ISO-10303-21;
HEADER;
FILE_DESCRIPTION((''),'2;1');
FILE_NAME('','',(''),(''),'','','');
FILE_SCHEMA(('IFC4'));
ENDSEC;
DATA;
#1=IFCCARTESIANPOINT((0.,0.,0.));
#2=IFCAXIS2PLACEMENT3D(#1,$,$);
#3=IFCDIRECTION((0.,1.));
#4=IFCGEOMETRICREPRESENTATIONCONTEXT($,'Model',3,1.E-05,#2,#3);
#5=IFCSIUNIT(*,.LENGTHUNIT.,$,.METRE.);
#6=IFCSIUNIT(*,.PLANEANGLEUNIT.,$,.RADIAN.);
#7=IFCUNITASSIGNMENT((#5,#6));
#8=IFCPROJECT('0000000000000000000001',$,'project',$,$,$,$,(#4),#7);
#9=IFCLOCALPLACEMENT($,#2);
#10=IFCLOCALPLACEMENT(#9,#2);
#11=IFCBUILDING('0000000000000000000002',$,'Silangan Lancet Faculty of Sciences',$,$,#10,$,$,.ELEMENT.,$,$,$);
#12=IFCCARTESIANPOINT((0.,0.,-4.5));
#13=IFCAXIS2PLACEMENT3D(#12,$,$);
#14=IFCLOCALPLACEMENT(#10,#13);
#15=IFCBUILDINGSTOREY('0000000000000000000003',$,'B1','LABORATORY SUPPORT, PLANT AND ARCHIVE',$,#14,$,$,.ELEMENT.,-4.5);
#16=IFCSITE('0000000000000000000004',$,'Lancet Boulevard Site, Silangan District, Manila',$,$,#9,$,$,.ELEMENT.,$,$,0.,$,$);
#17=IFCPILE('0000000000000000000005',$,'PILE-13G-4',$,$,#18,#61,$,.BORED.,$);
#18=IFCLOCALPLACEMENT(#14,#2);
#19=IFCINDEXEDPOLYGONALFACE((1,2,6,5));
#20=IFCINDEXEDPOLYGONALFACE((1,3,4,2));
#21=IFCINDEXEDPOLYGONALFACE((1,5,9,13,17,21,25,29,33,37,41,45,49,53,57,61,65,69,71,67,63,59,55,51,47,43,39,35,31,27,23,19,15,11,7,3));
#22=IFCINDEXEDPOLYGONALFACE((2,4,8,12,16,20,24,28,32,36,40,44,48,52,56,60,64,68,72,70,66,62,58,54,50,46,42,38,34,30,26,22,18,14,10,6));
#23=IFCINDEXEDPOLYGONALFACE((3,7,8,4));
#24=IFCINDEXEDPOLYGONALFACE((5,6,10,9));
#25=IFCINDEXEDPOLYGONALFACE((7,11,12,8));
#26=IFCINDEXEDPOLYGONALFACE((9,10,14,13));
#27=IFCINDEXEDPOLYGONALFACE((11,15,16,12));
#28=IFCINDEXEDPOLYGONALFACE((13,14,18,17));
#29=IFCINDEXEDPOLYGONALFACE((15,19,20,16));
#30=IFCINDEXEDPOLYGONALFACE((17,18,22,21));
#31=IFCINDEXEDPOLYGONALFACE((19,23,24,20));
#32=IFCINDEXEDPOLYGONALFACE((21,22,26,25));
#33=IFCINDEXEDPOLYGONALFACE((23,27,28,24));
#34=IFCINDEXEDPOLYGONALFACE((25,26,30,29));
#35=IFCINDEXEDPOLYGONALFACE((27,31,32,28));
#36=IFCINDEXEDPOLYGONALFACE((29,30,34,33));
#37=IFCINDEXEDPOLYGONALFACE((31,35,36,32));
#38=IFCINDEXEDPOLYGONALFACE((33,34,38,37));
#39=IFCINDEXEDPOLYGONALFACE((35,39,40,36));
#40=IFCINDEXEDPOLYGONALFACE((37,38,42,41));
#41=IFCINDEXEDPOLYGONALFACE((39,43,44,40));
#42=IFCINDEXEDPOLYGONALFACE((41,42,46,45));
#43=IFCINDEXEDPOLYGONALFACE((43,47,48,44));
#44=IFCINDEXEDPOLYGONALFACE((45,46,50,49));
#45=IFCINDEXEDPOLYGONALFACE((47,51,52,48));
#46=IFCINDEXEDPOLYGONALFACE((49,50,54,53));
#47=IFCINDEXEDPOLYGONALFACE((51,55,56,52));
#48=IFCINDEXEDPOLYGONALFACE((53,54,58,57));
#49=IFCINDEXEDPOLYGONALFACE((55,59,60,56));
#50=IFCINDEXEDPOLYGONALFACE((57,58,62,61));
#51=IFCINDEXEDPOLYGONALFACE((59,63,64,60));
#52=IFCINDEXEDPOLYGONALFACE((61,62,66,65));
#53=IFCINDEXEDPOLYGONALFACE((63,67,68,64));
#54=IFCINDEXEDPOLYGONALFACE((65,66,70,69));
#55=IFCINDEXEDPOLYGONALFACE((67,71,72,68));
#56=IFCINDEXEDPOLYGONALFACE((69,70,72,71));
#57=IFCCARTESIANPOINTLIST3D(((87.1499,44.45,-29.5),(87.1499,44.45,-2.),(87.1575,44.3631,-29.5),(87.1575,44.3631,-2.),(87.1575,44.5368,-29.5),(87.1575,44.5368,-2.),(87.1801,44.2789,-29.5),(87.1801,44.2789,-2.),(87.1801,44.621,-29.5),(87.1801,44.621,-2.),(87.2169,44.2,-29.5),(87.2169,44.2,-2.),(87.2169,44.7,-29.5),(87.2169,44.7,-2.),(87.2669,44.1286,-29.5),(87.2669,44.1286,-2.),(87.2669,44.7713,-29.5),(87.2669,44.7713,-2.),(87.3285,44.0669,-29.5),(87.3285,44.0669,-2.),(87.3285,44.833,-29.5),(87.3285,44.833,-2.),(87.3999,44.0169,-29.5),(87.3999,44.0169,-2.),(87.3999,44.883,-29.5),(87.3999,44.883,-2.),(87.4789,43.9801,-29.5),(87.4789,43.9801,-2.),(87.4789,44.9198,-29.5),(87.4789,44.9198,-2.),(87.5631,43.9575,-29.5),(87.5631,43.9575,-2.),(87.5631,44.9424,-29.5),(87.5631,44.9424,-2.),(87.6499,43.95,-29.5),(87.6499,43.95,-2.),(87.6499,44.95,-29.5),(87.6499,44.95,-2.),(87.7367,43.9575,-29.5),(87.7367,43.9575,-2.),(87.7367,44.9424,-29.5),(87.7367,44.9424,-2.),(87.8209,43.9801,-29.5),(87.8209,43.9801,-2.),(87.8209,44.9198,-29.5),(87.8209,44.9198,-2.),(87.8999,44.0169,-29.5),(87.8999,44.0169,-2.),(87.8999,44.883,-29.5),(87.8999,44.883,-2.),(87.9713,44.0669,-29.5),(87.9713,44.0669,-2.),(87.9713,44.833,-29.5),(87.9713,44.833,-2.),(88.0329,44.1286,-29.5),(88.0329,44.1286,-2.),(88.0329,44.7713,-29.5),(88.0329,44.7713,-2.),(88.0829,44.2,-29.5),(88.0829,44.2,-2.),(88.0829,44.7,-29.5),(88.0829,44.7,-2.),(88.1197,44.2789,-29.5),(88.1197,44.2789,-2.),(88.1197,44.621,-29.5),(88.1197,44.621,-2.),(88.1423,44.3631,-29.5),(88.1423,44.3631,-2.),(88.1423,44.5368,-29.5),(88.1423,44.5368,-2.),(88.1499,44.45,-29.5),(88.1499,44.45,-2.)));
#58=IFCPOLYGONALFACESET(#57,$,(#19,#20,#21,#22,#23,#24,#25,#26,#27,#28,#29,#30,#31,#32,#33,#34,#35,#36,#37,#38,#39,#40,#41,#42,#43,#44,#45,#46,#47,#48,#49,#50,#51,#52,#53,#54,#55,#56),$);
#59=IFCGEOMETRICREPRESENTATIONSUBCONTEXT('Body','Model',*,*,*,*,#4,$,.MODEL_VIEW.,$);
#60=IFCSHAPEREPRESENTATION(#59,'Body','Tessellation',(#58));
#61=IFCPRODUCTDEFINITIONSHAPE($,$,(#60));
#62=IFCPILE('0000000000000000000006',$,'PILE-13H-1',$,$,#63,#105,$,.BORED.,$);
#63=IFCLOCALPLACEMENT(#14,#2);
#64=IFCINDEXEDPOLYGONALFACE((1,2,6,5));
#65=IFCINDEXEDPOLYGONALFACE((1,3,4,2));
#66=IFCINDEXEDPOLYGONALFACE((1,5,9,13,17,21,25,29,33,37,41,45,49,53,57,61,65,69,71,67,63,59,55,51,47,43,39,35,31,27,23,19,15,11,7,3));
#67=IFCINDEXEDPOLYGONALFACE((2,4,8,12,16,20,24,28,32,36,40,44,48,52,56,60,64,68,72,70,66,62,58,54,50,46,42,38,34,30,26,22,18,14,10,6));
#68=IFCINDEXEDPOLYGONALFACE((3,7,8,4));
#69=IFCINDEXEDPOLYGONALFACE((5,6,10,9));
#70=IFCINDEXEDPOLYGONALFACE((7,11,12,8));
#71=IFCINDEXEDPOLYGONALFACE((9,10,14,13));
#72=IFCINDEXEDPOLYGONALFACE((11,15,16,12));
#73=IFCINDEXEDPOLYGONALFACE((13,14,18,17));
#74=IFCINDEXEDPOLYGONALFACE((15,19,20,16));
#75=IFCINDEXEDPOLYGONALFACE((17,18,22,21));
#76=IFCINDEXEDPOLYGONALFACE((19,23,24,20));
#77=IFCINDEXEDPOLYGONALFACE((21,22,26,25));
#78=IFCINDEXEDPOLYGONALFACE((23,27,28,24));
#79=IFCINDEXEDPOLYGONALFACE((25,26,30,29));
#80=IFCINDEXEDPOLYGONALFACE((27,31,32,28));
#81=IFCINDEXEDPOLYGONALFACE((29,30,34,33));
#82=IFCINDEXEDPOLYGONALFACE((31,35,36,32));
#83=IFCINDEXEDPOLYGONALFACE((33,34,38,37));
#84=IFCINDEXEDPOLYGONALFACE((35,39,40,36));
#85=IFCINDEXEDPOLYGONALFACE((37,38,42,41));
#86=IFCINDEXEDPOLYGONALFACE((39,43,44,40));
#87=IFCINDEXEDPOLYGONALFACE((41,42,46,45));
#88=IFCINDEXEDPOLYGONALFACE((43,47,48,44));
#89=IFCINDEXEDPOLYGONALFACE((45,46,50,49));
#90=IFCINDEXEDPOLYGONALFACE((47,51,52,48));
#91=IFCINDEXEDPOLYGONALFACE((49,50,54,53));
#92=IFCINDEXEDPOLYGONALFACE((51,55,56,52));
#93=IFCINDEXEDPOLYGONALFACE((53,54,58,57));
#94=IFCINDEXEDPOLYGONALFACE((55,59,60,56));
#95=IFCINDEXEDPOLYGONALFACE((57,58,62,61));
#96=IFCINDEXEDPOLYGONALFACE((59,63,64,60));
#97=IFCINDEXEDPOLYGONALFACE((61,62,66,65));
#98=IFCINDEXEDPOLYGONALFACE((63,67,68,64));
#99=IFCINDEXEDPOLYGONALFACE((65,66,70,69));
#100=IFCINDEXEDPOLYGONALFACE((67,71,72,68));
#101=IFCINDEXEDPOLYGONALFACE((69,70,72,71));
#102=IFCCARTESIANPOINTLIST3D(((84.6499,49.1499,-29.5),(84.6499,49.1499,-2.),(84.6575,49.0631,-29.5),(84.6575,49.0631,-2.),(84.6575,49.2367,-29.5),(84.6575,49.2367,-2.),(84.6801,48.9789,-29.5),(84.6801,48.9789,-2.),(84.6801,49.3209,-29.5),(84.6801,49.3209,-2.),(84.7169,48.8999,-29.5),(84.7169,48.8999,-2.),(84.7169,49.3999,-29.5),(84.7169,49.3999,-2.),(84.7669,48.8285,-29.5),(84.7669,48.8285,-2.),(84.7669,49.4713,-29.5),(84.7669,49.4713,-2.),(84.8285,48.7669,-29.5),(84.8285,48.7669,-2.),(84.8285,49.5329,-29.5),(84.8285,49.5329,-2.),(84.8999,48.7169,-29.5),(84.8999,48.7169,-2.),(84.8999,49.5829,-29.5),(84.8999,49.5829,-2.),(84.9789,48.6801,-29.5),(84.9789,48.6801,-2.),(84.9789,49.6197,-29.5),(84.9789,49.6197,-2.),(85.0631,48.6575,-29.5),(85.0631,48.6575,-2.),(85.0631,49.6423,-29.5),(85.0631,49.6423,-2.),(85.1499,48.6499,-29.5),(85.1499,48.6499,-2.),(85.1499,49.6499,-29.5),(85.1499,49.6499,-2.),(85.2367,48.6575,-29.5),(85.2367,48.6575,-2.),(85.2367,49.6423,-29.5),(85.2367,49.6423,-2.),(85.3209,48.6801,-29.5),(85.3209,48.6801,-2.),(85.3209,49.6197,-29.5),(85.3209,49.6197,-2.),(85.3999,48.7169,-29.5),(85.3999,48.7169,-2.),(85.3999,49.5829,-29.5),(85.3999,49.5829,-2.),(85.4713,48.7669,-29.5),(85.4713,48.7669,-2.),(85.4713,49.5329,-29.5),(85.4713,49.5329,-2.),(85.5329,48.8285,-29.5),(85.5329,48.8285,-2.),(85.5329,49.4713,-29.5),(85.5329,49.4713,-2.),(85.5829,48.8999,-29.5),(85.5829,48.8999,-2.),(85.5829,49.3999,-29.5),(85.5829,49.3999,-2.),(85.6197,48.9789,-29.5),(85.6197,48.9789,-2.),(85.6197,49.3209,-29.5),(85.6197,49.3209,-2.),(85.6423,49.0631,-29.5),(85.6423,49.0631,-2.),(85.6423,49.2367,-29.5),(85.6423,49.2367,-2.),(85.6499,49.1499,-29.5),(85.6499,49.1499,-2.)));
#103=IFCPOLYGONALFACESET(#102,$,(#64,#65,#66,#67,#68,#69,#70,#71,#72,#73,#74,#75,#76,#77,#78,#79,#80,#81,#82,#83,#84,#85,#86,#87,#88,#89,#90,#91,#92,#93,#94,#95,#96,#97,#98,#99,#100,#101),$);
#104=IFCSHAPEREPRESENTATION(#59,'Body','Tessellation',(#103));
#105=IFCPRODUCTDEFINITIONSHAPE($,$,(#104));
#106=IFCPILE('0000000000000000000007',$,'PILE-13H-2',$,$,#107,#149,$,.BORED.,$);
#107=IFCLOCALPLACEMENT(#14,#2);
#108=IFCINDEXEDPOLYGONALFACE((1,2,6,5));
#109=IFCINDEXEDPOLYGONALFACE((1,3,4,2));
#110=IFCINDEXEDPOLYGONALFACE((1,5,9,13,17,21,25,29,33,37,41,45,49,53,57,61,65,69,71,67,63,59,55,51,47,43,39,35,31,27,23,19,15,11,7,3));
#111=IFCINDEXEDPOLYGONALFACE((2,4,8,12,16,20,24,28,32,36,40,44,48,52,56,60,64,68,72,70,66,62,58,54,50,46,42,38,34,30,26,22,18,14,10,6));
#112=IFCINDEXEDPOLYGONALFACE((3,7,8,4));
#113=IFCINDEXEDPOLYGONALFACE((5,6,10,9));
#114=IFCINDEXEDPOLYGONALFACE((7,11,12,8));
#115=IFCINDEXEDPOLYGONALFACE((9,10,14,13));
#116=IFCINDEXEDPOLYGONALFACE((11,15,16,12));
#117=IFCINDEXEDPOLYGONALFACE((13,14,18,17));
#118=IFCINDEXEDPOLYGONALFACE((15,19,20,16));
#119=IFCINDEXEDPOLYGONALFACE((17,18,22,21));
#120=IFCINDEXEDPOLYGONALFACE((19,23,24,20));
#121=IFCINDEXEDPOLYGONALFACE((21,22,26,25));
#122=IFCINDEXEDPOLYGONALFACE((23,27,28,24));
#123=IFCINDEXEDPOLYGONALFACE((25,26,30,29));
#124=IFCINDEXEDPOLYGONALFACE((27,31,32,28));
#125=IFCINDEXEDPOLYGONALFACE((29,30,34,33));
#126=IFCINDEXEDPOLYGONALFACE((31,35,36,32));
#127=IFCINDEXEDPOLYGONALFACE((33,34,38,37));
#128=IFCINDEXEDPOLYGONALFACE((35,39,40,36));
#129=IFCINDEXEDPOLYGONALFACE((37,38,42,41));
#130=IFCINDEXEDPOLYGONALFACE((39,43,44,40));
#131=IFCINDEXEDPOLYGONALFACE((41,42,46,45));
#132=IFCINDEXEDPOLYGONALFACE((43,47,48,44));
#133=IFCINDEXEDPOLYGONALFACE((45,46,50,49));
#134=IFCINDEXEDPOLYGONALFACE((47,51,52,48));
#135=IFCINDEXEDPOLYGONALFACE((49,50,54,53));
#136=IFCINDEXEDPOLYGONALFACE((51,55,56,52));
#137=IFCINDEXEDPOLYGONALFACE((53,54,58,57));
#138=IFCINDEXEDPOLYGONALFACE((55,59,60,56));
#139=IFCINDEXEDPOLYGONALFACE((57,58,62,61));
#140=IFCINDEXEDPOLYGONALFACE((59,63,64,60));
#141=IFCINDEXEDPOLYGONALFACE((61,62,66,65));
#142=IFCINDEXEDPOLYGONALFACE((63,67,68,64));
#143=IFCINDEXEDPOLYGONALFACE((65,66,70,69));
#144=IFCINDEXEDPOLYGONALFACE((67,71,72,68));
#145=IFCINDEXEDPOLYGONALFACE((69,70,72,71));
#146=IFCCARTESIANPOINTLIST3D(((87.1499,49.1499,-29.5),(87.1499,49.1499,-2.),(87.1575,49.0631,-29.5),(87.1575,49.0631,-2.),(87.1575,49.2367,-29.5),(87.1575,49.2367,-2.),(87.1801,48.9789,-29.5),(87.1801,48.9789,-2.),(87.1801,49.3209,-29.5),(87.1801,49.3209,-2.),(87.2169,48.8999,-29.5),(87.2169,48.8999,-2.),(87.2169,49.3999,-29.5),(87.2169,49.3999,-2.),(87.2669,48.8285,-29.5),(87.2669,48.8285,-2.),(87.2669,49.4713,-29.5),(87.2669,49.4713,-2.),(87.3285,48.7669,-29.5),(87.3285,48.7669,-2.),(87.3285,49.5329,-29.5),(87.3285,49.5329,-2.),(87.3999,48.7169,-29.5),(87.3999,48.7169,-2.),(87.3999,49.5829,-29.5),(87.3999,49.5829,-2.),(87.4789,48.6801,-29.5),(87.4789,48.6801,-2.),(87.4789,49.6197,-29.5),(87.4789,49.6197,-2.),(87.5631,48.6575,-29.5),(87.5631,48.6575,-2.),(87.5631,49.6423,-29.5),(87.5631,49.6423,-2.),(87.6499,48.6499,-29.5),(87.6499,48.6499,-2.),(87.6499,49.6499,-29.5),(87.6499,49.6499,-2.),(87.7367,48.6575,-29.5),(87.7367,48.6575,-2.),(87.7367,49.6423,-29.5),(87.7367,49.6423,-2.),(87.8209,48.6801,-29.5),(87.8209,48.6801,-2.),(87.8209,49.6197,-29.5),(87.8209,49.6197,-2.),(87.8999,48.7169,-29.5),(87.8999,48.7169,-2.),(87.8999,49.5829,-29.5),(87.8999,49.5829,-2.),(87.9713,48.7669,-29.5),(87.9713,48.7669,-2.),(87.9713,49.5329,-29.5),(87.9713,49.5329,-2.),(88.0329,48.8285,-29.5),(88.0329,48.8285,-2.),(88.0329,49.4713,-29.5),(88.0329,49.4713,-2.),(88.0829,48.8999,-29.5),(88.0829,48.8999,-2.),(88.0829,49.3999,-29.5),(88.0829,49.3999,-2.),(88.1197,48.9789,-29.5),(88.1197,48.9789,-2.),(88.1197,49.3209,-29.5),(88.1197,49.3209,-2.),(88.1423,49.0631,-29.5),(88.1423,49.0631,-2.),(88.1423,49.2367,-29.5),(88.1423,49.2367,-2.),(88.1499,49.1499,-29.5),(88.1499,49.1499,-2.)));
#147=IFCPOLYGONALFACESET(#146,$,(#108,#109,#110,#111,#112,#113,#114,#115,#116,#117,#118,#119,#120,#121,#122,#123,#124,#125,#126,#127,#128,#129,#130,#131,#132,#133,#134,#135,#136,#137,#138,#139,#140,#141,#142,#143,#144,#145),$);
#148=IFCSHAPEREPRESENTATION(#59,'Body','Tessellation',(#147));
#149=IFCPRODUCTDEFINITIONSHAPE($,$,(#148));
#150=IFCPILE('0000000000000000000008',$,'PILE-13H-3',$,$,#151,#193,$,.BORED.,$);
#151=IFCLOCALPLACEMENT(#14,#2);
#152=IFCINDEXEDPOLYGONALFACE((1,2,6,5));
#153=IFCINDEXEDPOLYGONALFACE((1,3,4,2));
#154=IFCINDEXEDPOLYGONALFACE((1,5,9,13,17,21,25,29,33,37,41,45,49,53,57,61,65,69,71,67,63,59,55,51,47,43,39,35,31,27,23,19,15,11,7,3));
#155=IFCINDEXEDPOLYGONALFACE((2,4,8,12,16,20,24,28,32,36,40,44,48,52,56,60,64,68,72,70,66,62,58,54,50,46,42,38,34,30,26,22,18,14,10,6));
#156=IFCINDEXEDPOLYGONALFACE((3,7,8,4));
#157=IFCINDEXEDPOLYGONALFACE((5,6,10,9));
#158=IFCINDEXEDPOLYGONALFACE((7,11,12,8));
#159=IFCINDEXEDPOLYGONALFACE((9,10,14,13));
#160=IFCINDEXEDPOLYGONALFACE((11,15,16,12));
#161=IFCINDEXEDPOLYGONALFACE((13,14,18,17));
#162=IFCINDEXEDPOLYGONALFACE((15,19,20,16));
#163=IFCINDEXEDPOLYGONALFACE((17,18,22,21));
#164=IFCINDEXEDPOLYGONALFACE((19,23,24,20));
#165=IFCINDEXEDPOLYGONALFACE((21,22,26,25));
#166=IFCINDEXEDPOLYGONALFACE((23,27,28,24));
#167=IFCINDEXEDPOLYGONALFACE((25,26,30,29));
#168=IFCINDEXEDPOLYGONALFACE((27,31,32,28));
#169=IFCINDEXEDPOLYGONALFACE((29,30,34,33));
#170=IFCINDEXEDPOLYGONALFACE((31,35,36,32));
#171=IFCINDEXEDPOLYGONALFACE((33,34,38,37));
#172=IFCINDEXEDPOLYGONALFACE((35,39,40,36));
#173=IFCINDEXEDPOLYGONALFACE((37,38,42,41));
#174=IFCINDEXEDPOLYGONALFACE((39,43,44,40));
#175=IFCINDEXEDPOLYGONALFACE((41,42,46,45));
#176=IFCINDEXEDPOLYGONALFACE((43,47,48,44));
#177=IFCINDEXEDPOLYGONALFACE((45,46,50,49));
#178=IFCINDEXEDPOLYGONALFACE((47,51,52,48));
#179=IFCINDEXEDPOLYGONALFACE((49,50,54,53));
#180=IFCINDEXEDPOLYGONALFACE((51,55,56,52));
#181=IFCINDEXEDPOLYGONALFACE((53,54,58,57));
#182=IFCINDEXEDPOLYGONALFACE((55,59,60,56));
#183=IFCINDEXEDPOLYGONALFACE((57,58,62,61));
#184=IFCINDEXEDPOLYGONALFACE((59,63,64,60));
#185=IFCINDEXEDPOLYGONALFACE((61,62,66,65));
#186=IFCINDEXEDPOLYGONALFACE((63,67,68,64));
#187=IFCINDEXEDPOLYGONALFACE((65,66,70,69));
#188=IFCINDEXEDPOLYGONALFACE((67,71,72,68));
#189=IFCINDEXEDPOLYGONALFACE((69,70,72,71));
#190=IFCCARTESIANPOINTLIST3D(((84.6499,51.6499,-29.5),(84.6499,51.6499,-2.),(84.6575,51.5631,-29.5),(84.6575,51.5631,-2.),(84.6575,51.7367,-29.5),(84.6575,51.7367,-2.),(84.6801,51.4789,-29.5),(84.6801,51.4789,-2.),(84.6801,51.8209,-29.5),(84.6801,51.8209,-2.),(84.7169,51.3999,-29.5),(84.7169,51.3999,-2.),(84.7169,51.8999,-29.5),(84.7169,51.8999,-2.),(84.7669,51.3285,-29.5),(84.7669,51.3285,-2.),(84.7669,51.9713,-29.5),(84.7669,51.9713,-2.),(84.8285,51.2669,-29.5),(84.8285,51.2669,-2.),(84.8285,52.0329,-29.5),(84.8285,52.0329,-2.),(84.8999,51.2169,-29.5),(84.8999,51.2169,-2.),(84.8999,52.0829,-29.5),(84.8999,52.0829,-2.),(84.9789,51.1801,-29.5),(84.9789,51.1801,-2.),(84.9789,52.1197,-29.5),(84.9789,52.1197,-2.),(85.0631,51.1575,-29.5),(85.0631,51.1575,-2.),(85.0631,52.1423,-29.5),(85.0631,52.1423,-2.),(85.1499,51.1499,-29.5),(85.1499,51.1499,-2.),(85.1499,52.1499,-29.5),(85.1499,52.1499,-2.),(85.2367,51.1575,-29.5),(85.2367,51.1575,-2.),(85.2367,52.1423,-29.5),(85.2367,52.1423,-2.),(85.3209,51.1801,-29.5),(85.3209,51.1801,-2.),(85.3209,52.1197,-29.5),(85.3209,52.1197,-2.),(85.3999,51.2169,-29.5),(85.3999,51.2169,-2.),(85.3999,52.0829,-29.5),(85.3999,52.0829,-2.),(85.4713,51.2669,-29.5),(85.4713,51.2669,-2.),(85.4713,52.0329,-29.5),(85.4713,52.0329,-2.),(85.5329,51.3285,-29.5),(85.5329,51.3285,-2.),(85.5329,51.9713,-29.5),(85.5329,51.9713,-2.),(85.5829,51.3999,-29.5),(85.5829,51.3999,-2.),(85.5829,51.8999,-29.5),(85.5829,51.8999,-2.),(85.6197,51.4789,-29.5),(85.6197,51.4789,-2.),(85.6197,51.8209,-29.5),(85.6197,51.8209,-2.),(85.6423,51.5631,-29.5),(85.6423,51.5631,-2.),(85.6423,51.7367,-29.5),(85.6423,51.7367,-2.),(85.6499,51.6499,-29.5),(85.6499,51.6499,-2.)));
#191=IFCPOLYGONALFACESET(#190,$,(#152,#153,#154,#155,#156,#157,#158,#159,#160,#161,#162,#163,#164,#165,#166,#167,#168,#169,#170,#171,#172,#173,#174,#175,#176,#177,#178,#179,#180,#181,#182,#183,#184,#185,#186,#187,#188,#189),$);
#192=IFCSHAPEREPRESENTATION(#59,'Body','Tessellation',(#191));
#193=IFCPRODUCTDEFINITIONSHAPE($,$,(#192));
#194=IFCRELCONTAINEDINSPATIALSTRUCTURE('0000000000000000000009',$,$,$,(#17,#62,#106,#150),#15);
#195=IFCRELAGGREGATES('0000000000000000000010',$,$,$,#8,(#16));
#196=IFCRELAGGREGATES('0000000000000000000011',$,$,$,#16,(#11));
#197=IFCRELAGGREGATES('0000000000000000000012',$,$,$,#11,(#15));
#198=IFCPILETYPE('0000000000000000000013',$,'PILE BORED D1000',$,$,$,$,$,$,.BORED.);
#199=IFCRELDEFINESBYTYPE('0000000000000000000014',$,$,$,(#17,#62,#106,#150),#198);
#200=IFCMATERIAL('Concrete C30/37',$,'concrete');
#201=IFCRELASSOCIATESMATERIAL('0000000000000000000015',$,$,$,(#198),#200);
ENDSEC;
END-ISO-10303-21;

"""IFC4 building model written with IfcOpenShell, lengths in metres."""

from ifc_helpers import new_model, si_unit, direction, frame, origin, origin_2d, place, context, subcontext, project, spatial, circle, extrude, material, material_profile, profile_set, type_object, element, save


model = new_model("IFC4")

# Units and contexts
model_context = context("Model", 3, precision=1e-05, world=origin(), true_north=direction((0.0, 1.0)))
body_context = subcontext(model_context, "Body", "Model", "MODEL_VIEW")
ifc_project = project(units=[si_unit("LENGTHUNIT", "METRE"), si_unit("PLANEANGLEUNIT", "RADIAN")], contexts=[model_context])

# Site, building, storey
site_placement = place(None, origin())
site = spatial("IfcSite", under=ifc_project, at=site_placement, Name="Lancet Boulevard Site, Silangan District, Manila", CompositionType="ELEMENT", RefElevation=0.0)
building_placement = place(site_placement, origin())
building = spatial("IfcBuilding", under=site, at=building_placement, Name="Silangan Lancet Faculty of Sciences", CompositionType="ELEMENT")
storey_placement = place(building_placement, frame((0.0, 0.0, -4.5)))
storey = spatial("IfcBuildingStorey", under=building, at=storey_placement, Name="B1", Description="LABORATORY SUPPORT, PLANT AND ARCHIVE", CompositionType="ELEMENT", Elevation=-4.5)

# Piles
ifc_material_1 = material(Name="Concrete C30/37", Category="concrete")
ifc_material_profile_1 = material_profile(ifc_material_1, circle(Radius=0.5, at=origin_2d()), Name="BORED PILE D1000")
ifc_profile_set_1 = profile_set([ifc_material_profile_1], Name="Concrete C30/37")
pile_type_1 = type_object("IfcPileType", Name="PILE BORED D1000", PredefinedType="BORED", material=ifc_profile_set_1)
for number, where, z_axis, x_axis, name in (
    (1, (87.6499, 44.45, -2.0), (0.0, 0.0, -1.0), (1.0, 0.0, 0.0), "PILE-13G-4"),
    (2, (85.1499, 49.1499, -2.0), (0.0, 0.0, -1.0), (1.0, 0.0, 0.0), "PILE-13H-1"),
    (3, (87.6499, 49.1499, -2.0), (0.0, 0.0, -1.0), (1.0, 0.0, 0.0), "PILE-13H-2"),
    (4, (85.1499, 51.6499, -2.0), (0.0, 0.0, -1.0), (1.0, 0.0, 0.0), "PILE-13H-3"),
):
    element("IfcPile", number, at=place(storey_placement, frame(where, z_axis=z_axis, x_axis=x_axis)), inside=storey, type_object=pile_type_1, Name=name, PredefinedType="BORED", context=body_context, shape_type="SweptSolid", body=[
        extrude(circle(Radius=0.5, at=origin_2d()), origin(), (0.0, 0.0, 1.0), 27.5),
    ])

save(model, "model.ifc")
